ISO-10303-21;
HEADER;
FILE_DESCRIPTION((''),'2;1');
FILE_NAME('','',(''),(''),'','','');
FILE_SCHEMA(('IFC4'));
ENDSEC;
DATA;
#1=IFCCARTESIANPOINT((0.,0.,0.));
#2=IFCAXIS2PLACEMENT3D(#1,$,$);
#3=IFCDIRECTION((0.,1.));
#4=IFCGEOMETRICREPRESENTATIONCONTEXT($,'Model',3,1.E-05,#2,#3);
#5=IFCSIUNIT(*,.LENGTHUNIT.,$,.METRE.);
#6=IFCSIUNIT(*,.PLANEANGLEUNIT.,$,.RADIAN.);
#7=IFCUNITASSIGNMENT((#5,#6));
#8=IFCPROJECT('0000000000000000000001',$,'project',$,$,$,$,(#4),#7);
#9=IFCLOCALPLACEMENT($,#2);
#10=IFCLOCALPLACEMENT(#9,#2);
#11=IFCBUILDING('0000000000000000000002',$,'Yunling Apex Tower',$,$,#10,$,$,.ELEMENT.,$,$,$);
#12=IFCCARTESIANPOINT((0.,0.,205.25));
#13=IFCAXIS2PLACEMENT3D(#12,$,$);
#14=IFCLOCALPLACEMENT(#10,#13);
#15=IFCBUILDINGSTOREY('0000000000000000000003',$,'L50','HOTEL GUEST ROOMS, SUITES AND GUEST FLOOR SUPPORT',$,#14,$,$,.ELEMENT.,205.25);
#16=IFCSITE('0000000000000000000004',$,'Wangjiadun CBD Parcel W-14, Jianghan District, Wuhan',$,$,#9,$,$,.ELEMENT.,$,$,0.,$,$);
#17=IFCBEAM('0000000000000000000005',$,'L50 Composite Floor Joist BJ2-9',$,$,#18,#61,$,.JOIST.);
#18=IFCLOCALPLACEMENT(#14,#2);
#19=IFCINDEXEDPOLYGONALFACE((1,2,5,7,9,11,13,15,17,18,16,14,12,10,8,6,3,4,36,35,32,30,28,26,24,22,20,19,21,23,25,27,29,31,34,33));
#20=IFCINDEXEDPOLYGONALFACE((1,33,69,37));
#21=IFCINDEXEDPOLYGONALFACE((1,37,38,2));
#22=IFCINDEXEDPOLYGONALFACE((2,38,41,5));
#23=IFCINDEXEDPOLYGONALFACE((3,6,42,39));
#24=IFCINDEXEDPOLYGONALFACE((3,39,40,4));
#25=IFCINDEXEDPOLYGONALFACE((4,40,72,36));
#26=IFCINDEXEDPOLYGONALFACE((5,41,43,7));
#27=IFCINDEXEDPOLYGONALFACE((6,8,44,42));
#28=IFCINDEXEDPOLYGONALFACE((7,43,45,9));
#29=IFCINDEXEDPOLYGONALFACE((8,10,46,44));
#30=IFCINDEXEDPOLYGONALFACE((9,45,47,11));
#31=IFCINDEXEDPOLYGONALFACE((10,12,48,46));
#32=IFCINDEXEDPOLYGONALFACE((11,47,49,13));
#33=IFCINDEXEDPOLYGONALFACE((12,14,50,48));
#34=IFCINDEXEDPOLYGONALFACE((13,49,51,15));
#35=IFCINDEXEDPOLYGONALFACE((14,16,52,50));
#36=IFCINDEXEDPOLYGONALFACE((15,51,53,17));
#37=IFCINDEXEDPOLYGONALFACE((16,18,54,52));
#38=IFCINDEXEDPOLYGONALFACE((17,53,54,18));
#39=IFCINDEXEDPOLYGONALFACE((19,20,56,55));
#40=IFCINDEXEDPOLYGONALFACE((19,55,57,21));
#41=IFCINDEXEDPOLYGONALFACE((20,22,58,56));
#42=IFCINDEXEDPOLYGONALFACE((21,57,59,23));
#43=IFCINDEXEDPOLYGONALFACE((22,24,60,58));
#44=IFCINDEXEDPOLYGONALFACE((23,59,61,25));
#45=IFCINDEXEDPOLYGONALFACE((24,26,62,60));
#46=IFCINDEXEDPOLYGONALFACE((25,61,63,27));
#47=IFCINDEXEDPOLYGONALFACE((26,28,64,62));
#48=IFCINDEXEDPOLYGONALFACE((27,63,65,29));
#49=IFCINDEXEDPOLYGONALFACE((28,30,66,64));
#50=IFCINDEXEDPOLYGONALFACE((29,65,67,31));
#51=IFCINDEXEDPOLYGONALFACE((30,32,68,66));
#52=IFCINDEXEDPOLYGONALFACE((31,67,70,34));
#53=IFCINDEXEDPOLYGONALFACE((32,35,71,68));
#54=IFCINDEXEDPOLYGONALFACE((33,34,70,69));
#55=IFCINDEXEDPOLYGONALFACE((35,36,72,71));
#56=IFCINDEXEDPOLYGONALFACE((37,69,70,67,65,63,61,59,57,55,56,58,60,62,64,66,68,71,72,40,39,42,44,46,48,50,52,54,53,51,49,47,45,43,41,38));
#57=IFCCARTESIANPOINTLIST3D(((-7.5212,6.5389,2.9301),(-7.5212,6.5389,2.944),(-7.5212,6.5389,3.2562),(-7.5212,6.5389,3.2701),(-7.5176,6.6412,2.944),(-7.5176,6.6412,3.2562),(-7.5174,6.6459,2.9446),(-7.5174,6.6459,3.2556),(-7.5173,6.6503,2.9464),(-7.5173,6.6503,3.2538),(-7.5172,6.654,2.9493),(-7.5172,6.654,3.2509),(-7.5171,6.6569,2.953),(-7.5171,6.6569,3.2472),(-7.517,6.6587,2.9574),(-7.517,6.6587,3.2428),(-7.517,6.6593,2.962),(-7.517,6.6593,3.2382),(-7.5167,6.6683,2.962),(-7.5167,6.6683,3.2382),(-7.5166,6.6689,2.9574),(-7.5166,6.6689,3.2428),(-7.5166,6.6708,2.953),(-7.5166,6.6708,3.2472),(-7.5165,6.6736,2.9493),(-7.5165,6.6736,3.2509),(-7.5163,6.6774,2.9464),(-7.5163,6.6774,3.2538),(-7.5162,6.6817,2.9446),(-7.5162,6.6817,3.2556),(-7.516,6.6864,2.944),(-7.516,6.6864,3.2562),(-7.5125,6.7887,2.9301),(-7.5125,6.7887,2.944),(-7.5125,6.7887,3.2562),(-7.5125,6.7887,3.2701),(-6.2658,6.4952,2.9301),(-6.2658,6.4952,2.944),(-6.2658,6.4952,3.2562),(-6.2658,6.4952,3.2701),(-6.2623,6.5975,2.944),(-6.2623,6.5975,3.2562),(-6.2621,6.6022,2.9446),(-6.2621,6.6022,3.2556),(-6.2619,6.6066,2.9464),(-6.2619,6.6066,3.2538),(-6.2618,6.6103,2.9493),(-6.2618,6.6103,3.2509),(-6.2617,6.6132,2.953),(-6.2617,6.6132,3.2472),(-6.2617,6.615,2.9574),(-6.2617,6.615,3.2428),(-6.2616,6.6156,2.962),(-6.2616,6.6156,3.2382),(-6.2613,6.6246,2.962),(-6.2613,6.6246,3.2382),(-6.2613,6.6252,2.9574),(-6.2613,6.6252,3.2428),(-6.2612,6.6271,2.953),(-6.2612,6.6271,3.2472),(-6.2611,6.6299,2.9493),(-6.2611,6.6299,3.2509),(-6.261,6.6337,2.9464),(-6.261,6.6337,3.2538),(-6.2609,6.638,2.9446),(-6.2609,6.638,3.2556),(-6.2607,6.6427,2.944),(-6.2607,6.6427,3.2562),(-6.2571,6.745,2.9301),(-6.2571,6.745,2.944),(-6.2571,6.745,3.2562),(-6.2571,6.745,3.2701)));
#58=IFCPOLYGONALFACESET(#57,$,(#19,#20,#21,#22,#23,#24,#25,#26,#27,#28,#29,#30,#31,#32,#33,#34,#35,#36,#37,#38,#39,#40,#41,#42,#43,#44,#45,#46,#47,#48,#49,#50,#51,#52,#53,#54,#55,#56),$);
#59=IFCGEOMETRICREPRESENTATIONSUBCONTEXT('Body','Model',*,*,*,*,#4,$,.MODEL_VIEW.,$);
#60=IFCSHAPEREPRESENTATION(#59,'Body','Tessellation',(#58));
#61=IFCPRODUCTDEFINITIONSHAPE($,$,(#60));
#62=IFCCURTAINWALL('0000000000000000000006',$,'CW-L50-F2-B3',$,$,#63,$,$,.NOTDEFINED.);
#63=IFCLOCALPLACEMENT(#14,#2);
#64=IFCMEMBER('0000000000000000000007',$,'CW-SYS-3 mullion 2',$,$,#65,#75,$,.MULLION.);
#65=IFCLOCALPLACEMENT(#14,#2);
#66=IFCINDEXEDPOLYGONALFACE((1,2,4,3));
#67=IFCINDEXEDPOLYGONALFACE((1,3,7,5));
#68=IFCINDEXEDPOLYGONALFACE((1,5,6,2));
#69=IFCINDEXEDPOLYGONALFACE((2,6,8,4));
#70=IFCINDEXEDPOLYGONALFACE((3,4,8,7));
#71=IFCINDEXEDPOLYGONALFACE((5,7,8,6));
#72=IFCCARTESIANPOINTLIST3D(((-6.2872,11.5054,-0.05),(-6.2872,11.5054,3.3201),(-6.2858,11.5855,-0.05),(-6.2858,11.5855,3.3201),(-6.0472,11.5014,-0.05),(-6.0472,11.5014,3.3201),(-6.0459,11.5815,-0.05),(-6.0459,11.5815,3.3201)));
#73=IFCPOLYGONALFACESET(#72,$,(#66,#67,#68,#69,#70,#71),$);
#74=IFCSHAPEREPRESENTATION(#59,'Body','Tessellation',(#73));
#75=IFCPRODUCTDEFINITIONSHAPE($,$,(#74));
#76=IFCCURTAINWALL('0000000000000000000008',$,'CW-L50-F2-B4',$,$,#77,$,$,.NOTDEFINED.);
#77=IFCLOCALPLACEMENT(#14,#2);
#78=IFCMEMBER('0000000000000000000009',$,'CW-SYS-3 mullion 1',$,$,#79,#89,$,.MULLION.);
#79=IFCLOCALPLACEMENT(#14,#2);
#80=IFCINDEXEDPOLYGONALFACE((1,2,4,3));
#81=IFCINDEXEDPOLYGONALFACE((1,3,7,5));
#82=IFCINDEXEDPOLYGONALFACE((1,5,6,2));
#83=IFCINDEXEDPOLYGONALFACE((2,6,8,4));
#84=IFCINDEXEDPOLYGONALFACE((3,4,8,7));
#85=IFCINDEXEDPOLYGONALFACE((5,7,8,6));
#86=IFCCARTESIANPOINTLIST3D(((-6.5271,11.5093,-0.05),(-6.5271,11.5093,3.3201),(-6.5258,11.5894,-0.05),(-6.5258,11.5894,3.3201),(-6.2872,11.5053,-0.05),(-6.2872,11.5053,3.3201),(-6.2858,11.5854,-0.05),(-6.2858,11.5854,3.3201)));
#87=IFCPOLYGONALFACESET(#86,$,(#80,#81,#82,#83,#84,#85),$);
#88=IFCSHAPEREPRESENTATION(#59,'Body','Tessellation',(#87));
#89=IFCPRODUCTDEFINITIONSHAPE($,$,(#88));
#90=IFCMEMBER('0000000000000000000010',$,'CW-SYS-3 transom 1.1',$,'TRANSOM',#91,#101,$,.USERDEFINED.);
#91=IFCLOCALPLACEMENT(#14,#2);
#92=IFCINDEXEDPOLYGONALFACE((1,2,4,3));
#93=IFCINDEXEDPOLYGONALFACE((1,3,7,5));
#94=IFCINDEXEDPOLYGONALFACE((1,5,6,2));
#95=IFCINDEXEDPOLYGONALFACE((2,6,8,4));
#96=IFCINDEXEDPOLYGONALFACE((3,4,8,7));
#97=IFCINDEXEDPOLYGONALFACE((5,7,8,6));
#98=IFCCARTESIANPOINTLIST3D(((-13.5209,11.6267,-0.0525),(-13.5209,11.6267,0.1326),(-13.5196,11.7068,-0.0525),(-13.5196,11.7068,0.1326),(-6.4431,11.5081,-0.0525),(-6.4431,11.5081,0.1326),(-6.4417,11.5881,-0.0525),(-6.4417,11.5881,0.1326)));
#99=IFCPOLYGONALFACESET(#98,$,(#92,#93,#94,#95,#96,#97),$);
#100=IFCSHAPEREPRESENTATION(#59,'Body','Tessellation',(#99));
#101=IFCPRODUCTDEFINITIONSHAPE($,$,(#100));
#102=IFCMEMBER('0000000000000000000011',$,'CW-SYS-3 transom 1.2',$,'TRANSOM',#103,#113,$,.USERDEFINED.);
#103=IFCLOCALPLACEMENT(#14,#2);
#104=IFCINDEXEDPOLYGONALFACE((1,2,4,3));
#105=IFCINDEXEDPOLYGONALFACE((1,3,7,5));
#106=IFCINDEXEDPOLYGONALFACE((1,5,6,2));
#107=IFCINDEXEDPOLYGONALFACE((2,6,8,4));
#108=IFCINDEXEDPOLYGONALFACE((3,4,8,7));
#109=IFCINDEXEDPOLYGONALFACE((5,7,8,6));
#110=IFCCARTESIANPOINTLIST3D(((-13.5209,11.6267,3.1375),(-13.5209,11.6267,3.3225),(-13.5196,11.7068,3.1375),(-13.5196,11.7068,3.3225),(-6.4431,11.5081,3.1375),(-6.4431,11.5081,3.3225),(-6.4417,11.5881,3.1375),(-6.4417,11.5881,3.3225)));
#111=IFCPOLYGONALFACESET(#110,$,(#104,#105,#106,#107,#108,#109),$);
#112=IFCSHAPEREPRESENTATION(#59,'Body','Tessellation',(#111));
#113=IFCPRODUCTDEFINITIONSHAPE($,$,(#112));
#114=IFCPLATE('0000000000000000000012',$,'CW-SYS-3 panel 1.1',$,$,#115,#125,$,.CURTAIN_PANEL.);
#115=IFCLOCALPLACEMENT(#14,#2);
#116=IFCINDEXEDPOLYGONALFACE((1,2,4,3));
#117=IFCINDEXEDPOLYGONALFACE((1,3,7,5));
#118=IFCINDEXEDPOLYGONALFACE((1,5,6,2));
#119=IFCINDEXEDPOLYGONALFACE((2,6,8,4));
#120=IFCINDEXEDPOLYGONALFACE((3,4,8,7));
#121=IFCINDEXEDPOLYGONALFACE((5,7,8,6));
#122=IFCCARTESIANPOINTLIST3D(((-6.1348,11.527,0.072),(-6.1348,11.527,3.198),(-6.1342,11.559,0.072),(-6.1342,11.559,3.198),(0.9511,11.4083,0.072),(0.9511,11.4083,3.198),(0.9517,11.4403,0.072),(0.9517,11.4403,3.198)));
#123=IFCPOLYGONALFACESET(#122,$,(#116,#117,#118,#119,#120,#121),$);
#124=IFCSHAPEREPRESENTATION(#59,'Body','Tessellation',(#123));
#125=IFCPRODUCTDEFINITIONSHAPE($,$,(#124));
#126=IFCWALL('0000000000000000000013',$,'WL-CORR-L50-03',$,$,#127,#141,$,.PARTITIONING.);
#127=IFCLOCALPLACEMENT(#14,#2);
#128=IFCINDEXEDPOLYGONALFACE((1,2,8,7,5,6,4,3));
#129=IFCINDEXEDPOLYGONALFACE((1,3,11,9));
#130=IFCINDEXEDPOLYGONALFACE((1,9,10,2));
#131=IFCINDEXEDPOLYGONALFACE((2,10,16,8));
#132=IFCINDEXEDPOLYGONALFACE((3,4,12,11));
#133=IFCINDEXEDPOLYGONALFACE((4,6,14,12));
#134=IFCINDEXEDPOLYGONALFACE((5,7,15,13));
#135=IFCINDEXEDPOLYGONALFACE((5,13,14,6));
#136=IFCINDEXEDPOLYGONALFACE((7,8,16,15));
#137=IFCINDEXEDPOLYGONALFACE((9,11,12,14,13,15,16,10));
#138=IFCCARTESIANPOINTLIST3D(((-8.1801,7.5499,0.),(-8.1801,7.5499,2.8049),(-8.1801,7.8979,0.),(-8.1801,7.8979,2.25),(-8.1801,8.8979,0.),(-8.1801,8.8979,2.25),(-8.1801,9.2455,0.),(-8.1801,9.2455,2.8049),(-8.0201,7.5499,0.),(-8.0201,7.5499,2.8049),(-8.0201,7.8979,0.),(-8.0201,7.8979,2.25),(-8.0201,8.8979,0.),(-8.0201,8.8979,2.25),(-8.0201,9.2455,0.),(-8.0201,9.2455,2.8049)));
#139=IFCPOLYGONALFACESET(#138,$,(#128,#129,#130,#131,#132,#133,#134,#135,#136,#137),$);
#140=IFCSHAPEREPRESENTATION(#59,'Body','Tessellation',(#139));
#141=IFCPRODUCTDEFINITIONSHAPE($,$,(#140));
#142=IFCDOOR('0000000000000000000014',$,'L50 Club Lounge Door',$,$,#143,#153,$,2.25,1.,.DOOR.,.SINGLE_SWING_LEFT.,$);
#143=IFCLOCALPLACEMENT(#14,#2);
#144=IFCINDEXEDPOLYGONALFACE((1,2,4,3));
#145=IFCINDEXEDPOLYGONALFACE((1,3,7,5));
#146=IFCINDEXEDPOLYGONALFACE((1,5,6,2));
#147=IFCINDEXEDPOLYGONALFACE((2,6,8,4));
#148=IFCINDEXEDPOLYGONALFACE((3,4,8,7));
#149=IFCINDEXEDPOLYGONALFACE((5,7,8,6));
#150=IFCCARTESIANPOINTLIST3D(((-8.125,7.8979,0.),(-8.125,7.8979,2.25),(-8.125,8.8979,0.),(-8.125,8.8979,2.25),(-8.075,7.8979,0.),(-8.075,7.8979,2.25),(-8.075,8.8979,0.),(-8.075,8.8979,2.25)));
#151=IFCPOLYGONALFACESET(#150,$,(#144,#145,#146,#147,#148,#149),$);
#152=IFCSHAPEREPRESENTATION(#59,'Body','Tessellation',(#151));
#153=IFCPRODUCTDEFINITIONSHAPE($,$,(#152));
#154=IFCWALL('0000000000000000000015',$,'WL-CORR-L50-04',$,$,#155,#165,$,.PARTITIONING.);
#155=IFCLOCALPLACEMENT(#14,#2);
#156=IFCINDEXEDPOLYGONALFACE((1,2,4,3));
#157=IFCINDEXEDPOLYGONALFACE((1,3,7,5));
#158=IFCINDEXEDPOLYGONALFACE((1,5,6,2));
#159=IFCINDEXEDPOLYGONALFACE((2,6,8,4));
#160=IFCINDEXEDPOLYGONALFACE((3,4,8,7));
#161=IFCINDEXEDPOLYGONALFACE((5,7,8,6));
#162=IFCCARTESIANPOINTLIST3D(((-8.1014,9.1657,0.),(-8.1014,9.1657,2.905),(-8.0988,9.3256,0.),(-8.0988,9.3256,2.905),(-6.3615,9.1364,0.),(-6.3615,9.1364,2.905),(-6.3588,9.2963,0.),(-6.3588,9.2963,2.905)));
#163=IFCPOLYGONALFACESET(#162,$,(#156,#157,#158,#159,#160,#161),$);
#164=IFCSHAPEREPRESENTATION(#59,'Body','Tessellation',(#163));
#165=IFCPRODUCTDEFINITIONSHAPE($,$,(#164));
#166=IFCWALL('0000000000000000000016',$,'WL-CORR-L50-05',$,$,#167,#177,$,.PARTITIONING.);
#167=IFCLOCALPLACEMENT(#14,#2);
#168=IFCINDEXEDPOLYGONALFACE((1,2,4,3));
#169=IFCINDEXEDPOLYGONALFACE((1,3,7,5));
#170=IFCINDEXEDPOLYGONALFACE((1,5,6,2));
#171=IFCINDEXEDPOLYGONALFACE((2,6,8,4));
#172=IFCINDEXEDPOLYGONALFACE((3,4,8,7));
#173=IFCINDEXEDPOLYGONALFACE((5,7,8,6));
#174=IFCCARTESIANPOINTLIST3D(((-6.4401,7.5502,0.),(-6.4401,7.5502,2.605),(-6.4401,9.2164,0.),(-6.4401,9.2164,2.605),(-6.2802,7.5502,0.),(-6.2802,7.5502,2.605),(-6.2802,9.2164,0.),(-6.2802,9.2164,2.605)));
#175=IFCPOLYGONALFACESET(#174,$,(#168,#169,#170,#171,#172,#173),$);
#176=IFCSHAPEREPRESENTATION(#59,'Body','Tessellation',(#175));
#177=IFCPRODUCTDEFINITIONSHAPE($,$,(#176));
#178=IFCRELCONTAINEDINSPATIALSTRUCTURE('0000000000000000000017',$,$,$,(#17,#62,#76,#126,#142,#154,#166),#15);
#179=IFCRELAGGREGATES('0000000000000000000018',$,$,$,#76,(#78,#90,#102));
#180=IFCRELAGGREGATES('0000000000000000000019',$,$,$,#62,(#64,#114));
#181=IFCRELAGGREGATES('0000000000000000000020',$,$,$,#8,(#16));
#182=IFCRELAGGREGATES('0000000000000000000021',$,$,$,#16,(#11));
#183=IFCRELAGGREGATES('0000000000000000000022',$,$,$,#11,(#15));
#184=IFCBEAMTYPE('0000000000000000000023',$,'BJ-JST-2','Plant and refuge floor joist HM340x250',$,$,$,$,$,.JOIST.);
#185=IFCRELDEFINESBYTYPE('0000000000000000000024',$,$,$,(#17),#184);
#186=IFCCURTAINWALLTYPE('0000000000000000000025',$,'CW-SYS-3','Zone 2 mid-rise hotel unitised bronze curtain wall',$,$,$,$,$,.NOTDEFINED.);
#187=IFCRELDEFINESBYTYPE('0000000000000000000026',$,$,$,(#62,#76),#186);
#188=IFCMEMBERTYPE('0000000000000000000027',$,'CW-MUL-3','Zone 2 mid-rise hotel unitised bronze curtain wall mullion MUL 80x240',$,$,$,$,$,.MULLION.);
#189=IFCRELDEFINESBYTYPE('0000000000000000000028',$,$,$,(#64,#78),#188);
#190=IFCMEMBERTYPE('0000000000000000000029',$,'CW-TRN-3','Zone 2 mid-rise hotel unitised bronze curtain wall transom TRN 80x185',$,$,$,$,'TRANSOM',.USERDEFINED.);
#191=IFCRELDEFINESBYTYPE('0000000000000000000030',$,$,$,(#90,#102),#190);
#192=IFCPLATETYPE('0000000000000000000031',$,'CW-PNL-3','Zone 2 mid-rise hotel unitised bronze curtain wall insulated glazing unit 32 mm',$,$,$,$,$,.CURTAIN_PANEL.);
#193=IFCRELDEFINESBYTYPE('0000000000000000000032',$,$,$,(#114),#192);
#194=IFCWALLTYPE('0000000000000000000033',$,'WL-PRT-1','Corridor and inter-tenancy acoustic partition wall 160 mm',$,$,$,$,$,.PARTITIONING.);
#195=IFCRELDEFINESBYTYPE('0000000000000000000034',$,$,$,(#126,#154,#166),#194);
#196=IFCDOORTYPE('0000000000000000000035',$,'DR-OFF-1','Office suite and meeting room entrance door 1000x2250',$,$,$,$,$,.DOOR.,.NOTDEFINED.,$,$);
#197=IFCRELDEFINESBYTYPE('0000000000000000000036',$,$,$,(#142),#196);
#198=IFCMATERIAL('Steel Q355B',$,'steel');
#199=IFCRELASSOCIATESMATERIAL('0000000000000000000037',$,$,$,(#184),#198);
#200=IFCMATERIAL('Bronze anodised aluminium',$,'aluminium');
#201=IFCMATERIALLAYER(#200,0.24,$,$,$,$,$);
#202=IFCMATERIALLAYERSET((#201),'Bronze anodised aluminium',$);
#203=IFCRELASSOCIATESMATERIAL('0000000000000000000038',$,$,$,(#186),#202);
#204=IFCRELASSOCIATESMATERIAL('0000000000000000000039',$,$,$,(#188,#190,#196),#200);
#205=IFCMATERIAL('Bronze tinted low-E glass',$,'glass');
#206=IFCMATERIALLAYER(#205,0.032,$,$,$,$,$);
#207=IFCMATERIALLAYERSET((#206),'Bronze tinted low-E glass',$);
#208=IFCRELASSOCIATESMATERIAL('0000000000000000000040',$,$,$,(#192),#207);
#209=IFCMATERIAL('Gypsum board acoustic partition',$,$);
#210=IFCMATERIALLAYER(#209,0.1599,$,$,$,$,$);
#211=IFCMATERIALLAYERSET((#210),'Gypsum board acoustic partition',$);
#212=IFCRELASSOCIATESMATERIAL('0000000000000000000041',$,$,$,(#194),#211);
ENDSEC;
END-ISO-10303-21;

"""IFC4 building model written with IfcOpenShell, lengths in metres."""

from ifc_helpers import new_model, si_unit, direction, frame, frame_2d, origin, origin_2d, place, context, subcontext, project, spatial, rectangle, i_section, extrude, source, transform, mapped, material, layer, layer_set, material_profile, profile_set, type_object, element, fill, aggregate, save


model = new_model("IFC4")

# Units and contexts
model_context = context("Model", 3, precision=1e-05, world=origin(), true_north=direction((0.0, 1.0)))
body_context = subcontext(model_context, "Body", "Model", "MODEL_VIEW")
ifc_project = project(units=[si_unit("LENGTHUNIT", "METRE"), si_unit("PLANEANGLEUNIT", "RADIAN")], contexts=[model_context])

# Site, building, storey
site_placement = place(None, origin())
site = spatial("IfcSite", under=ifc_project, at=site_placement, Name="Wangjiadun CBD Parcel W-14, Jianghan District, Wuhan", CompositionType="ELEMENT", RefElevation=0.0)
building_placement = place(site_placement, origin())
building = spatial("IfcBuilding", under=site, at=building_placement, Name="Yunling Apex Tower", CompositionType="ELEMENT")
storey_placement = place(building_placement, frame((0.0, 0.0, 205.25)))
storey = spatial("IfcBuildingStorey", under=building, at=storey_placement, Name="L50", Description="HOTEL GUEST ROOMS, SUITES AND GUEST FLOOR SUPPORT", CompositionType="ELEMENT", Elevation=205.25)

# Beam
ifc_material_1 = material(Name="Steel Q355B", Category="steel")
ifc_material_profile_1 = material_profile(ifc_material_1, i_section(OverallWidth=0.25, OverallDepth=0.3401, WebThickness=0.009, FlangeThickness=0.0139, FilletRadius=0.0181, at=origin_2d()))
ifc_profile_set_1 = profile_set([ifc_material_profile_1], Name="Steel Q355B")
beam_type_1 = type_object("IfcBeamType", Name="BJ-JST-2", Description="Plant and refuge floor joist HM340x250", PredefinedType="JOIST", material=ifc_profile_set_1)
shared_shape_1 = source(origin(), body_context, "Body", "SweptSolid", [
    extrude(i_section(OverallWidth=0.25, OverallDepth=0.3401, WebThickness=0.009, FlangeThickness=0.0139, FilletRadius=0.0181, at=origin_2d()), origin(), (0.0, 0.0, 1.0), 1.2561),
])
beam_1_placement = place(storey_placement, frame((-6.2615, 6.6201, 3.1001), z_axis=(-0.999395, 0.03479, 0.0), x_axis=(-0.03479, -0.999395, 0.0)))
element("IfcBeam", 1, at=beam_1_placement, inside=storey, type_object=beam_type_1, Name="L50 Composite Floor Joist BJ2-9", PredefinedType="JOIST", context=body_context, shape_type="MappedRepresentation", body=[
    mapped(shared_shape_1, transform((0.0, 0.0, 0.0), scale=1.0)),
])

# Curtain wall, member
ifc_material_2 = material(Name="Bronze anodised aluminium", Category="aluminium")
ifc_layer_1 = layer(ifc_material_2, 0.24)
ifc_layer_set_1 = layer_set([ifc_layer_1], Name="Bronze anodised aluminium")
curtain_wall_type = type_object("IfcCurtainWallType", Name="CW-SYS-3", Description="Zone 2 mid-rise hotel unitised bronze curtain wall", PredefinedType="NOTDEFINED", material=ifc_layer_set_1)
curtain_wall_1_placement = place(storey_placement, origin())
curtain_wall_1 = element("IfcCurtainWall", 2, at=curtain_wall_1_placement, inside=storey, type_object=curtain_wall_type, Name="CW-L50-F2-B3", PredefinedType="NOTDEFINED")
ifc_material_profile_2 = material_profile(ifc_material_2, rectangle(XDim=0.0801, YDim=0.24, at=origin_2d()))
ifc_profile_set_2 = profile_set([ifc_material_profile_2], Name="Bronze anodised aluminium")
member_type_1 = type_object("IfcMemberType", Name="CW-MUL-3", Description="Zone 2 mid-rise hotel unitised bronze curtain wall mullion MUL 80x240", PredefinedType="MULLION", material=ifc_profile_set_2)
shared_shape_2 = source(origin(), body_context, "Body", "SweptSolid", [
    extrude(rectangle(XDim=0.0801, YDim=0.24, at=origin_2d()), origin(), (0.0, 0.0, 1.0), 3.3701),
])
member_1_placement = place(storey_placement, frame((-6.1665, 11.5435, -0.05), z_axis=(0.0, 0.0, 1.0), x_axis=(-0.016747, -0.99986, 0.0)))
member_1 = element("IfcMember", 3, at=member_1_placement, type_object=member_type_1, Name="CW-SYS-3 mullion 2", PredefinedType="MULLION", context=body_context, shape_type="MappedRepresentation", body=[
    mapped(shared_shape_2, transform((0.0, 0.0, 0.0), scale=1.0)),
])

# Curtain wall, members
curtain_wall_2_placement = place(storey_placement, origin())
curtain_wall_2 = element("IfcCurtainWall", 4, at=curtain_wall_2_placement, inside=storey, type_object=curtain_wall_type, Name="CW-L50-F2-B4", PredefinedType="NOTDEFINED")
member_2_placement = place(storey_placement, frame((-6.4065, 11.5474, -0.05), z_axis=(0.0, 0.0, 1.0), x_axis=(-0.016761, -0.99986, 0.0)))
member_2 = element("IfcMember", 5, at=member_2_placement, type_object=member_type_1, Name="CW-SYS-3 mullion 1", PredefinedType="MULLION", context=body_context, shape_type="MappedRepresentation", body=[
    mapped(shared_shape_2, transform((0.0, 0.0, 0.0), scale=1.0)),
])
ifc_material_profile_3 = material_profile(ifc_material_2, rectangle(XDim=0.0801, YDim=0.1851, at=origin_2d()))
ifc_profile_set_3 = profile_set([ifc_material_profile_3], Name="Bronze anodised aluminium")
member_type_2 = type_object("IfcMemberType", Name="CW-TRN-3", Description="Zone 2 mid-rise hotel unitised bronze curtain wall transom TRN 80x185", ElementType="TRANSOM", PredefinedType="USERDEFINED", material=ifc_profile_set_3)
shared_shape_3 = source(origin(), body_context, "Body", "SweptSolid", [
    extrude(rectangle(XDim=0.0801, YDim=0.1851, at=origin_2d()), origin(), (0.0, 0.0, 1.0), 7.0789),
])
member_3_placement = place(storey_placement, frame((-6.4424, 11.5481, 0.04), z_axis=(-0.99986, 0.016761, 0.0), x_axis=(-0.016761, -0.99986, 0.0)))
member_3 = element("IfcMember", 6, at=member_3_placement, type_object=member_type_2, Name="CW-SYS-3 transom 1.1", ObjectType="TRANSOM", PredefinedType="USERDEFINED", context=body_context, shape_type="MappedRepresentation", body=[
    mapped(shared_shape_3, transform((0.0, 0.0, 0.0), scale=1.0)),
])
member_4_placement = place(storey_placement, frame((-6.4424, 11.5481, 3.23), z_axis=(-0.99986, 0.016761, 0.0), x_axis=(-0.016761, -0.99986, 0.0)))
member_4 = element("IfcMember", 7, at=member_4_placement, type_object=member_type_2, Name="CW-SYS-3 transom 1.2", ObjectType="TRANSOM", PredefinedType="USERDEFINED", context=body_context, shape_type="MappedRepresentation", body=[
    mapped(shared_shape_3, transform((0.0, 0.0, 0.0), scale=1.0)),
])
aggregate(curtain_wall_2, [member_2, member_3, member_4])

# Plate
ifc_material_3 = material(Name="Bronze tinted low-E glass", Category="glass")
ifc_layer_2 = layer(ifc_material_3, 0.032)
ifc_layer_set_2 = layer_set([ifc_layer_2], Name="Bronze tinted low-E glass")
plate_type = type_object("IfcPlateType", Name="CW-PNL-3", Description="Zone 2 mid-rise hotel unitised bronze curtain wall insulated glazing unit 32 mm", PredefinedType="CURTAIN_PANEL", material=ifc_layer_set_2)
shared_shape_4 = source(origin(), body_context, "Body", "SweptSolid", [
    extrude(rectangle(XDim=7.0869, YDim=0.032, at=origin_2d()), origin(), (0.0, 0.0, 1.0), 3.126),
])
plate_placement = place(storey_placement, frame((-2.5916, 11.4836, 0.072), z_axis=(0.0, 0.0, 1.0), x_axis=(-0.99986, 0.016747, 0.0)))
plate = element("IfcPlate", 8, at=plate_placement, type_object=plate_type, Name="CW-SYS-3 panel 1.1", PredefinedType="CURTAIN_PANEL", context=body_context, shape_type="MappedRepresentation", body=[
    mapped(shared_shape_4, transform((0.0, 0.0, 0.0), scale=1.0)),
])
aggregate(curtain_wall_1, [member_1, plate])

# Wall, opening, door
ifc_material_4 = material(Name="Gypsum board acoustic partition")
ifc_layer_3 = layer(ifc_material_4, 0.1599)
ifc_layer_set_3 = layer_set([ifc_layer_3], Name="Gypsum board acoustic partition")
wall_type_1 = type_object("IfcWallType", Name="WL-PRT-1", Description="Corridor and inter-tenancy acoustic partition wall 160 mm", PredefinedType="PARTITIONING", material=ifc_layer_set_3)
wall_1_placement = place(storey_placement, frame((-8.1001, 7.55, 0.0), z_axis=(0.0, 0.0, 1.0), x_axis=(0.0, 1.0, 0.0)))
wall_1 = element("IfcWall", 9, at=wall_1_placement, inside=storey, type_object=wall_type_1, Name="WL-CORR-L50-03", PredefinedType="PARTITIONING", context=body_context, shape_type="SweptSolid", body=[
    extrude(rectangle(XDim=1.6956, YDim=0.1599, at=frame_2d((0.8477, 0.0))), origin(), (0.0, 0.0, 1.0), 2.8049),
])
opening_1_placement = place(wall_1_placement, frame((0.3479, 0.0, 0.0)))
opening_1 = element("IfcOpeningElement", 10, at=opening_1_placement, cuts=wall_1, PredefinedType="OPENING", context=body_context, shape_type="SweptSolid", body=[
    extrude(rectangle(XDim=1.0, YDim=2.25, at=frame_2d((0.5, 1.125))), frame((0.0, 0.0898, 0.0), z_axis=(0.0, -1.0, 0.0), x_axis=(1.0, 0.0, 0.0)), (0.0, 0.0, 1.0), 0.1799),
])
door_type = type_object("IfcDoorType", Name="DR-OFF-1", Description="Office suite and meeting room entrance door 1000x2250", OperationType="NOTDEFINED", PredefinedType="DOOR", material=ifc_material_2)
door_1_placement = place(opening_1_placement, origin())
door_1 = element("IfcDoor", 11, at=door_1_placement, inside=storey, type_object=door_type, Name="L50 Club Lounge Door", OperationType="SINGLE_SWING_LEFT", OverallHeight=2.25, OverallWidth=1.0, PredefinedType="DOOR", context=body_context, shape_type="SweptSolid", body=[
    extrude(rectangle(XDim=1.0, YDim=2.25, at=frame_2d((0.5, 1.125))), frame((0.0, 0.0249, 0.0), z_axis=(0.0, -1.0, 0.0), x_axis=(1.0, 0.0, 0.0)), (0.0, 0.0, 1.0), 0.05),
])
fill(opening_1, door_1)

# Walls
wall_2_placement = place(storey_placement, frame((-8.1001, 9.2456, 0.0), z_axis=(0.0, 0.0, 1.0), x_axis=(0.999858, -0.016835, 0.0)))
element("IfcWall", 12, at=wall_2_placement, inside=storey, type_object=wall_type_1, Name="WL-CORR-L50-04", PredefinedType="PARTITIONING", context=body_context, shape_type="SweptSolid", body=[
    extrude(rectangle(XDim=1.7402, YDim=0.1599, at=frame_2d((0.8701, 0.0))), origin(), (0.0, 0.0, 1.0), 2.905),
])
wall_3_placement = place(storey_placement, frame((-6.3601, 9.2163, 0.0), z_axis=(0.0, 0.0, 1.0), x_axis=(0.0, -1.0, 0.0)))
element("IfcWall", 13, at=wall_3_placement, inside=storey, type_object=wall_type_1, Name="WL-CORR-L50-05", PredefinedType="PARTITIONING", context=body_context, shape_type="SweptSolid", body=[
    extrude(rectangle(XDim=1.6663, YDim=0.1599, at=frame_2d((0.833, 0.0))), origin(), (0.0, 0.0, 1.0), 2.605),
])

save(model, "model.ifc")
